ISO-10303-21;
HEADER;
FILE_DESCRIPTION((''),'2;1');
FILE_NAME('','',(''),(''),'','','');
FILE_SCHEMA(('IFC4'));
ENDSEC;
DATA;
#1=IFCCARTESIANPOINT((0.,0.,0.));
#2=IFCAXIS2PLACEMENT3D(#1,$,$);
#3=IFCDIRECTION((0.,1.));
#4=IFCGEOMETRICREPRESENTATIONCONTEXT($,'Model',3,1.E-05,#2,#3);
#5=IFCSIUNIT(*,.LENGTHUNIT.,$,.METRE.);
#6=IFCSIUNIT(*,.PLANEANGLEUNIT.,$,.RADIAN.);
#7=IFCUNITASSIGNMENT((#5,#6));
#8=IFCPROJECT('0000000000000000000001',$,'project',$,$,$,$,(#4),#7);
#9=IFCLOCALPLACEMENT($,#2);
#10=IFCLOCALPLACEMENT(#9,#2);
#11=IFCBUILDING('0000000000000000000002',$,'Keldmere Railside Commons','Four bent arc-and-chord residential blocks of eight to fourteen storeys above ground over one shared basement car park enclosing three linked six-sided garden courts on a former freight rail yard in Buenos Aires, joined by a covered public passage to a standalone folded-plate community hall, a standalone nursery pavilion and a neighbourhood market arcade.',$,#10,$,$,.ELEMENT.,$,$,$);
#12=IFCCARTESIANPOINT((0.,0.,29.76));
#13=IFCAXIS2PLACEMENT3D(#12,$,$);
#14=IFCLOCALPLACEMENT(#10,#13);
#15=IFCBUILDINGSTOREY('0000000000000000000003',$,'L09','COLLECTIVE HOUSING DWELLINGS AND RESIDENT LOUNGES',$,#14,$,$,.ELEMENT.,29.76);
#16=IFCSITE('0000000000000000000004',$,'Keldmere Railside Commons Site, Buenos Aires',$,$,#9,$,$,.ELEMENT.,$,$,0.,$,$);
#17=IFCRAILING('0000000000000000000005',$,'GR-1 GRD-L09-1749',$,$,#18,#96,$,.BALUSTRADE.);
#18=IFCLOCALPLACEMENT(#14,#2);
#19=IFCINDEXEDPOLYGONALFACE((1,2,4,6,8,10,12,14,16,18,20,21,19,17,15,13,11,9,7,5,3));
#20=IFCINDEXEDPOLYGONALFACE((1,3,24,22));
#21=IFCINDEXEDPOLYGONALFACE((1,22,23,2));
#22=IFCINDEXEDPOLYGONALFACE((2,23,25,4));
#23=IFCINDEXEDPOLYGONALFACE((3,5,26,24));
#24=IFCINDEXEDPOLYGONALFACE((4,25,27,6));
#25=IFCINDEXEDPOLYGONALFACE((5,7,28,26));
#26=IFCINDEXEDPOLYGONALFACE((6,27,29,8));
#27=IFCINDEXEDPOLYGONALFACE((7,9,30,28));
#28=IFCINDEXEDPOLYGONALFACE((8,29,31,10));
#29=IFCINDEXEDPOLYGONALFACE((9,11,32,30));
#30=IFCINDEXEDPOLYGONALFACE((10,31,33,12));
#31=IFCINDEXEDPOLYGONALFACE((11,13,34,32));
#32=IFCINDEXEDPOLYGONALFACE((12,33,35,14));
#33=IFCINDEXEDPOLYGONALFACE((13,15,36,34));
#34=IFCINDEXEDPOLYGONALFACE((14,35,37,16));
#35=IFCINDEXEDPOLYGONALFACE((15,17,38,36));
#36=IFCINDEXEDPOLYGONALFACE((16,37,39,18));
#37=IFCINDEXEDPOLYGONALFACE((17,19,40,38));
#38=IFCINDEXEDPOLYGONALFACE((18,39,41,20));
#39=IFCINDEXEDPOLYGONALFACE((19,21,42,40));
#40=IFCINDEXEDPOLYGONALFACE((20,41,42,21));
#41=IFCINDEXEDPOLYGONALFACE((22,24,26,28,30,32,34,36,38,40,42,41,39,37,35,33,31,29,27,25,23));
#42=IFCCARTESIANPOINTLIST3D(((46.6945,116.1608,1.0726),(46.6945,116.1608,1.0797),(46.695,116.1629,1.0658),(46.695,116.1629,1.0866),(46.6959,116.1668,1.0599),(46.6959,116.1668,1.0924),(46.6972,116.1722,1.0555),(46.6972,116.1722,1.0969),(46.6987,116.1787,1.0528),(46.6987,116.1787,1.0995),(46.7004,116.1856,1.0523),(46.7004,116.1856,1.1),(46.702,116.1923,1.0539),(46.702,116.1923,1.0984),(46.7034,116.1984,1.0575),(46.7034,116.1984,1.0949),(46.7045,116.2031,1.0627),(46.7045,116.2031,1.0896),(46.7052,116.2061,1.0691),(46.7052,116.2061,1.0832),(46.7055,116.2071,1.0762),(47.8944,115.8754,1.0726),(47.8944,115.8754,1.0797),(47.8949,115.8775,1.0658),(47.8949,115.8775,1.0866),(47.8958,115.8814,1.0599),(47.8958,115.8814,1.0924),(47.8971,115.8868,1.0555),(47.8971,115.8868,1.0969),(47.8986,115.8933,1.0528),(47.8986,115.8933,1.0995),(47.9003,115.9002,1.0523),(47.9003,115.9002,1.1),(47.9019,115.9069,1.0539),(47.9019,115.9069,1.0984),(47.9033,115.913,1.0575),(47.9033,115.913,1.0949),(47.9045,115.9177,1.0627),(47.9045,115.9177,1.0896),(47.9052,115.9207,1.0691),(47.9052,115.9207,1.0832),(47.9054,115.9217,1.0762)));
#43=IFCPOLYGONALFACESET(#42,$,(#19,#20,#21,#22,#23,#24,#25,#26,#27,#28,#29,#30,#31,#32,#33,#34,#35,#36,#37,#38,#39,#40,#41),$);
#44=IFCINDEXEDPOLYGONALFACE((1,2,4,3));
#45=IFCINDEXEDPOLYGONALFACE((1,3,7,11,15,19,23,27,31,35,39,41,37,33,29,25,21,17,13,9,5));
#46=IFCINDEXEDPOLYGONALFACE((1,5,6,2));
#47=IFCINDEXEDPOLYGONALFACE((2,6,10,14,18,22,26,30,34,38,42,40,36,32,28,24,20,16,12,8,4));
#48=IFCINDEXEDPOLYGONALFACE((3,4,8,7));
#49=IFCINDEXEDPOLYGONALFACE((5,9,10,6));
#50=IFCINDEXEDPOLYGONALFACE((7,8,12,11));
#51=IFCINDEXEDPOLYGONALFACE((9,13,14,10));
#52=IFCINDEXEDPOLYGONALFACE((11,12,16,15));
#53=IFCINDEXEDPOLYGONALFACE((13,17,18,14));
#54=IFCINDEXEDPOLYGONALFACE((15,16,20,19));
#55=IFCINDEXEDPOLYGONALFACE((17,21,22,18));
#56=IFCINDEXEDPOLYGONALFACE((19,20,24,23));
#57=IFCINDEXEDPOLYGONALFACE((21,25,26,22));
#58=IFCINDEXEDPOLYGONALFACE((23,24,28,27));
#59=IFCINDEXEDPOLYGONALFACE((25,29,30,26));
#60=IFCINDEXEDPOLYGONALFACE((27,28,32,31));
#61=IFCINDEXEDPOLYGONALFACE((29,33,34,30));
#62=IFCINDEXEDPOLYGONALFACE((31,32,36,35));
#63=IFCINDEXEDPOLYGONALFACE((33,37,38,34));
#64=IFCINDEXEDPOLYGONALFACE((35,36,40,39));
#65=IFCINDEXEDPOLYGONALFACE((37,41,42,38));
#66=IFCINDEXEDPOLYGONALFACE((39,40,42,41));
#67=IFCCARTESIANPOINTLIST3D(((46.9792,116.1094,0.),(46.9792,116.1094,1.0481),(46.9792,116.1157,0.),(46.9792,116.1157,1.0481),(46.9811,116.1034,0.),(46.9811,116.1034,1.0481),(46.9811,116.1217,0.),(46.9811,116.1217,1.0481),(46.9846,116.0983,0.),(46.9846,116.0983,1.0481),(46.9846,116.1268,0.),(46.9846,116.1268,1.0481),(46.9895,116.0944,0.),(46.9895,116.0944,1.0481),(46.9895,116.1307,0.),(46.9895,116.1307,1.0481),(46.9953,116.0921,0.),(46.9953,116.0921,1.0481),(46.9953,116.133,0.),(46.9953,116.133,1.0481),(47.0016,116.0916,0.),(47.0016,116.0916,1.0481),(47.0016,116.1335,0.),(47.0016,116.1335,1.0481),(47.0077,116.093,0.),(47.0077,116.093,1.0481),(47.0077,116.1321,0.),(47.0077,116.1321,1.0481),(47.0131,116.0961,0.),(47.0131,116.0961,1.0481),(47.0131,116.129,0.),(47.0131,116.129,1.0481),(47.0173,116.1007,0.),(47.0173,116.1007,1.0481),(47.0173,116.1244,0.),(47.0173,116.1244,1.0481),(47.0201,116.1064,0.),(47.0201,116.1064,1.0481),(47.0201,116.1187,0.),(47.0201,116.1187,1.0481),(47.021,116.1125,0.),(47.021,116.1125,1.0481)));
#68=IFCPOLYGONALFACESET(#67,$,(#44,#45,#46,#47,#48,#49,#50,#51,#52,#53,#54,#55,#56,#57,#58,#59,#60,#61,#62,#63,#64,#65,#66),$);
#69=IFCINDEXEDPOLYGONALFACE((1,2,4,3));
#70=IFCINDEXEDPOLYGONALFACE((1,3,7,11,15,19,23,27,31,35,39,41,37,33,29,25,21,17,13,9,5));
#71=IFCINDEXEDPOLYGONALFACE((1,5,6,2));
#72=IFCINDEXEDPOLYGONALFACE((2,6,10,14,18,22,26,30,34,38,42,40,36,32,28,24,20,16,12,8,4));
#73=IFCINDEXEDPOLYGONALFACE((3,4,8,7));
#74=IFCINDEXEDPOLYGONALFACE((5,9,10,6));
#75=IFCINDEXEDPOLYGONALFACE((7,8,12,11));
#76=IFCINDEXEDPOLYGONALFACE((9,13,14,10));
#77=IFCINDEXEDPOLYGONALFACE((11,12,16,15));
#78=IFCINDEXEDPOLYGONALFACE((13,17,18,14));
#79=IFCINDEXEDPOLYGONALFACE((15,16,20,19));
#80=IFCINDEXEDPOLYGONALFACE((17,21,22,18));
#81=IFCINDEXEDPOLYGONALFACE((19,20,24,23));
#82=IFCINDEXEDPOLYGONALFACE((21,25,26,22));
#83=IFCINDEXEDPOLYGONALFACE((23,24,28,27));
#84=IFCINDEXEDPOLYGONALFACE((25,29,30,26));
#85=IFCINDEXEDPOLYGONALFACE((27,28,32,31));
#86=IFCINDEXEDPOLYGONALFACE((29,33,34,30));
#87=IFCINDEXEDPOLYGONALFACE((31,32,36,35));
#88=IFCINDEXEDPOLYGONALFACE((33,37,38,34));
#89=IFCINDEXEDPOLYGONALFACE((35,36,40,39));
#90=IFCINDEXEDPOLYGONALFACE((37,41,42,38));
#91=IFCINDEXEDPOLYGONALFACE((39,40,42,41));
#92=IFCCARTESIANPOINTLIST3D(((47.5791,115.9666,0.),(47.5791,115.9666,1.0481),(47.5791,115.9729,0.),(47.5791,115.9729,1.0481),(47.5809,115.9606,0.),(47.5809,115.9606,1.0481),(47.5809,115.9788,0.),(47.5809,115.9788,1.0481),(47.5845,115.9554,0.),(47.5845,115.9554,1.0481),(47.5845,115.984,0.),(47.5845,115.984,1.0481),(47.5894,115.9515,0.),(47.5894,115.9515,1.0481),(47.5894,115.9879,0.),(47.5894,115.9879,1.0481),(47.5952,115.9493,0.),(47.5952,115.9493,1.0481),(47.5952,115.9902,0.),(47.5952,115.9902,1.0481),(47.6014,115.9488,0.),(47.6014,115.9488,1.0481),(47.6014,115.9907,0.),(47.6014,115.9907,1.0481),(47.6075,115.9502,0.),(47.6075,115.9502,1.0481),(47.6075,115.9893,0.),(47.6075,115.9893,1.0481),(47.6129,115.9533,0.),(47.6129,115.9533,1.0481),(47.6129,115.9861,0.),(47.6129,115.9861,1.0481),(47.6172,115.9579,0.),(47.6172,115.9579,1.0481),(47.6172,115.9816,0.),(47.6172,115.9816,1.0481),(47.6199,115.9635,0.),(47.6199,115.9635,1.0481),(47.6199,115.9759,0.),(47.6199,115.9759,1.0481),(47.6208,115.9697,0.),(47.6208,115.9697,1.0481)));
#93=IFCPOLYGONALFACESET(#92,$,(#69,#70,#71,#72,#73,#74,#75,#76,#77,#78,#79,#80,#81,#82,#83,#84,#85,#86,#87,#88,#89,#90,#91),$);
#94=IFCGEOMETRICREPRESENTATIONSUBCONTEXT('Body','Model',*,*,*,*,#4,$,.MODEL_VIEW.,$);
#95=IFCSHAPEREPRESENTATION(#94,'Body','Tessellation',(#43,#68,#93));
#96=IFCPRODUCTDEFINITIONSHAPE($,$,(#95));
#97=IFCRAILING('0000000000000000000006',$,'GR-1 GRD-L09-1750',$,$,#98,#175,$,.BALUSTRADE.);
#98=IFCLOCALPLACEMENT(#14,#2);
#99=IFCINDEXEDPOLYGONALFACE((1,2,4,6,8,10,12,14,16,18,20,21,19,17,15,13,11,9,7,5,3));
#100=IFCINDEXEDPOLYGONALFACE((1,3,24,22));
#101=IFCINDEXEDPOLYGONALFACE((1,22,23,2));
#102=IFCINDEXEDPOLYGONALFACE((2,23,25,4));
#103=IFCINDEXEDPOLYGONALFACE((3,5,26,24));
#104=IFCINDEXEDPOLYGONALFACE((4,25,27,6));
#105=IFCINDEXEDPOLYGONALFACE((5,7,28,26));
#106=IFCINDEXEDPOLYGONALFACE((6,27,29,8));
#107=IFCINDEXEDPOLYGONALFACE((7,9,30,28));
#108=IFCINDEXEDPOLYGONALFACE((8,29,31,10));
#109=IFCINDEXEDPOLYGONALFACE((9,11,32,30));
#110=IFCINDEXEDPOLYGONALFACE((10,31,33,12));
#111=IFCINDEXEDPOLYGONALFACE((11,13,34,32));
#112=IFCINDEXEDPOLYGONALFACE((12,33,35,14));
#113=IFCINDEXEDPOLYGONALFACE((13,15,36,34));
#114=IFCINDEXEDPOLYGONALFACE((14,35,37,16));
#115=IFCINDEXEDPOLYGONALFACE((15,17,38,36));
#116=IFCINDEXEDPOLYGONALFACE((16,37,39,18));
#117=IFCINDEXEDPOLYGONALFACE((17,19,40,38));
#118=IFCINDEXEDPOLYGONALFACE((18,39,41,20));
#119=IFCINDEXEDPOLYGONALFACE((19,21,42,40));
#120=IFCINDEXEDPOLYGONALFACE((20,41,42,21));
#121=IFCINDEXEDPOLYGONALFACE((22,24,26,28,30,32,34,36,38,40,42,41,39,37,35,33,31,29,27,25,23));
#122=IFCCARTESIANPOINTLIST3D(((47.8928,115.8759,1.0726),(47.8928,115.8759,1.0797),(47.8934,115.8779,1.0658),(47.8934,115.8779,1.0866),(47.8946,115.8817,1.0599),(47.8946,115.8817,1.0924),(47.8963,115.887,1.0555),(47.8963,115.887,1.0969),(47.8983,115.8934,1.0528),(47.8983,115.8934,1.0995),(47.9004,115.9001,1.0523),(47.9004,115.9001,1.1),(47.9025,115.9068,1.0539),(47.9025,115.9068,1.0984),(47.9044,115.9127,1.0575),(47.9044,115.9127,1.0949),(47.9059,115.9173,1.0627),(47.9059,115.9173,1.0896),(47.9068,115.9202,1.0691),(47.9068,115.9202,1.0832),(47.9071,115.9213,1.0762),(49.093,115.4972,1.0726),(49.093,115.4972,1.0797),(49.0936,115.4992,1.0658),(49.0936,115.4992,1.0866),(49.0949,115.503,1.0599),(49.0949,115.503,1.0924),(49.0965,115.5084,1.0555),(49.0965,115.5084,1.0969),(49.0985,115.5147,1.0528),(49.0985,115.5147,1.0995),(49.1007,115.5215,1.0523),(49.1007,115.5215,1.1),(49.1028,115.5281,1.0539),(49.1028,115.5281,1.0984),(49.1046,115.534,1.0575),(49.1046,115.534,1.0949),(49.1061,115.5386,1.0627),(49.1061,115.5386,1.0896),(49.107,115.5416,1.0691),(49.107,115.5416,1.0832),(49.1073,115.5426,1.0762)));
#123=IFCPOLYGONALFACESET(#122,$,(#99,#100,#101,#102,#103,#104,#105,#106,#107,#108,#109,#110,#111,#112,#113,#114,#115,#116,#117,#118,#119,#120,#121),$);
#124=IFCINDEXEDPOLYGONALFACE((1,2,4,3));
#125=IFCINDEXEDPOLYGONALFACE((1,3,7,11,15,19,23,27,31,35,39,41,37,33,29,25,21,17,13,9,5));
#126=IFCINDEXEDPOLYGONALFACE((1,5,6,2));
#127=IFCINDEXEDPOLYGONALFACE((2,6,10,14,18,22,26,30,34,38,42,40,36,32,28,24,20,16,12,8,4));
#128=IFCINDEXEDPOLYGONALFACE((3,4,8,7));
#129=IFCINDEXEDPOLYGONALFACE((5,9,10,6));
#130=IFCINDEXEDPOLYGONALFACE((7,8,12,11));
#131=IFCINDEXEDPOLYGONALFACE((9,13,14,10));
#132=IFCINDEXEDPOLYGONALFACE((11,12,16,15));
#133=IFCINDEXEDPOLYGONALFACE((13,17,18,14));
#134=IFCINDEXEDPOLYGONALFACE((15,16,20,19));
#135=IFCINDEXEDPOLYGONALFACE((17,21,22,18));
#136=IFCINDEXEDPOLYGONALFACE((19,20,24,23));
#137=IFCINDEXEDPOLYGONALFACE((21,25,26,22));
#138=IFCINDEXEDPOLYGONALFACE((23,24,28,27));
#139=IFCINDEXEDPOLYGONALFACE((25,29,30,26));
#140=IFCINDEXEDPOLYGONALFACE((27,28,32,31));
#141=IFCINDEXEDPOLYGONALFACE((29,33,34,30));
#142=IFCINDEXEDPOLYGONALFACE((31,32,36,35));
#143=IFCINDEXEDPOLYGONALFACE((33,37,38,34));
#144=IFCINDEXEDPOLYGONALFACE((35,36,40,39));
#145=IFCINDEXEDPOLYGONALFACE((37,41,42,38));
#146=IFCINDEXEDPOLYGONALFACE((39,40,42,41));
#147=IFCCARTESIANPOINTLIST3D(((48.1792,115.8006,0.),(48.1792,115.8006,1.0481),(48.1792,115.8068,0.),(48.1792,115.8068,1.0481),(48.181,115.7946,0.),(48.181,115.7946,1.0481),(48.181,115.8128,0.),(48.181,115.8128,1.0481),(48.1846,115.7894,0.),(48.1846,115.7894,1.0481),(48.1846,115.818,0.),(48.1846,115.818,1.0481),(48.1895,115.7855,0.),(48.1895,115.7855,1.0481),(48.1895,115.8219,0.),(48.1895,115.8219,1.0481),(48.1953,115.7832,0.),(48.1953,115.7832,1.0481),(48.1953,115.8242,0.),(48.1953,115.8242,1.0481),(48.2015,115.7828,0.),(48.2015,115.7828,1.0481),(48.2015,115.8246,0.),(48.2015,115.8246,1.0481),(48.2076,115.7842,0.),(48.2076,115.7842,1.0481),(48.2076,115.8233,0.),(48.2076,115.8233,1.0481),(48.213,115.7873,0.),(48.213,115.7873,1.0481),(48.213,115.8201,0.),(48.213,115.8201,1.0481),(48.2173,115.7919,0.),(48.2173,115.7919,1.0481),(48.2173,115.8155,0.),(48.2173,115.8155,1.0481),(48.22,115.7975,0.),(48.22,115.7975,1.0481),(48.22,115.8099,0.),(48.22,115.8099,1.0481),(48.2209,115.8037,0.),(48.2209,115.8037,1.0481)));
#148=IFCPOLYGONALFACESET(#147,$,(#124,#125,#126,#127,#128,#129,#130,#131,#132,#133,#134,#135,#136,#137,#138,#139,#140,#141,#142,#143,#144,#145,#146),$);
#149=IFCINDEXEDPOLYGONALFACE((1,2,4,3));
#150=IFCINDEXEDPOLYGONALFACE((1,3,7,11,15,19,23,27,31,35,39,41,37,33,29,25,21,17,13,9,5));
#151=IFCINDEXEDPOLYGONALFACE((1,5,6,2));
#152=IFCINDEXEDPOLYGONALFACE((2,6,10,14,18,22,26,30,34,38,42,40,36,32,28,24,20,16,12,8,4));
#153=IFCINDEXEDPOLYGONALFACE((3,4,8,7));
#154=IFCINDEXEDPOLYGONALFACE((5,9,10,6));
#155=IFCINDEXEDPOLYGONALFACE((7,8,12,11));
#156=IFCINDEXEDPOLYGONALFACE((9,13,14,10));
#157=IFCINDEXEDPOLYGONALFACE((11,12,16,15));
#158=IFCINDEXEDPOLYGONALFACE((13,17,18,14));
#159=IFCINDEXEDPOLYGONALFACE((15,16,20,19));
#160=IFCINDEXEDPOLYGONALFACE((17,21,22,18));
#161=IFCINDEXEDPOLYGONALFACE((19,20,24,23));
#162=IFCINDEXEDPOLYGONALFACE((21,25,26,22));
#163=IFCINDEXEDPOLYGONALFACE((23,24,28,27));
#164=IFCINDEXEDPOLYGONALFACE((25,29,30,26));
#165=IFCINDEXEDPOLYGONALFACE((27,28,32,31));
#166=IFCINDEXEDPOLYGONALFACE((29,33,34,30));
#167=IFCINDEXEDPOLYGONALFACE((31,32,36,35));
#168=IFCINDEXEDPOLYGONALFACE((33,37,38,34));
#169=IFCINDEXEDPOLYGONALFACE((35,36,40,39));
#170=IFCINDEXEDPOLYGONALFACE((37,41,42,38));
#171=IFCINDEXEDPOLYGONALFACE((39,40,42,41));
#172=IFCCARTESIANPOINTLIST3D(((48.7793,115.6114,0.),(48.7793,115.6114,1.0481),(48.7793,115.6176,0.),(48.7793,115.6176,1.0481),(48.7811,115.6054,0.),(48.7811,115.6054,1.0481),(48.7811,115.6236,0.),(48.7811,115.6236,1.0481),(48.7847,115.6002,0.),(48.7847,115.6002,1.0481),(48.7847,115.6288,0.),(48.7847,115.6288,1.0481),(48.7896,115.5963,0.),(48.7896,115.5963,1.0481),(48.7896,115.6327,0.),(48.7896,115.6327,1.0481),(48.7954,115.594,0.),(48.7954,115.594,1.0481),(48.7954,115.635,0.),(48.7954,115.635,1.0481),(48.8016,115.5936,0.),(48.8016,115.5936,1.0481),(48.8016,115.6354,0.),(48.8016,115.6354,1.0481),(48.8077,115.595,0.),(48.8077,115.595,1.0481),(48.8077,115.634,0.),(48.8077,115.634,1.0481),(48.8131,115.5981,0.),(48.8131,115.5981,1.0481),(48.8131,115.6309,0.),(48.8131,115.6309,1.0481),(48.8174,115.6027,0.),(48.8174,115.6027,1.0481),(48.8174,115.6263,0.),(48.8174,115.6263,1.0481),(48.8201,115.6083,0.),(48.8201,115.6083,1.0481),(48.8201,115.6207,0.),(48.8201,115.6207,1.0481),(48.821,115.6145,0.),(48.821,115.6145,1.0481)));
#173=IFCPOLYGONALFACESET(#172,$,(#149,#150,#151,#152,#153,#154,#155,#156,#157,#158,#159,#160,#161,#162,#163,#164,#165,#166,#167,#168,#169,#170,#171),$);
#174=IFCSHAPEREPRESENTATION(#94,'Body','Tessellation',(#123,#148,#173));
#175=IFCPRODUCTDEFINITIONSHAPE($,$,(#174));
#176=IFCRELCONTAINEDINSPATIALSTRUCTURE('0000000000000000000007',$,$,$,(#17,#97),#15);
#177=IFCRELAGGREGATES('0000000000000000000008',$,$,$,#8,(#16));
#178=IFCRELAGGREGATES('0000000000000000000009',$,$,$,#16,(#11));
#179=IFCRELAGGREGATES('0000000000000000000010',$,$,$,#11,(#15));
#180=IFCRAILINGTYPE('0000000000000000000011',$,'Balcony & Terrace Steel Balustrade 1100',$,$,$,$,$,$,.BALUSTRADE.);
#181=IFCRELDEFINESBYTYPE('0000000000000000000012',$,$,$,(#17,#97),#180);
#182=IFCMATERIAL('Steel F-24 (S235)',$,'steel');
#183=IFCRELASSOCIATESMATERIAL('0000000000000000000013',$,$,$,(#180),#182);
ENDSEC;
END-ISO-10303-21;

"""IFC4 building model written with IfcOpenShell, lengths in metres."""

from ifc_helpers import new_model, si_unit, direction, frame, origin, origin_2d, place, context, subcontext, project, spatial, circle, extrude, material, type_object, element, save


model = new_model("IFC4")

# Units and contexts
model_context = context("Model", 3, precision=1e-05, world=origin(), true_north=direction((0.0, 1.0)))
body_context = subcontext(model_context, "Body", "Model", "MODEL_VIEW")
ifc_project = project(units=[si_unit("LENGTHUNIT", "METRE"), si_unit("PLANEANGLEUNIT", "RADIAN")], contexts=[model_context])

# Site, building, storey
site_placement = place(None, origin())
site = spatial("IfcSite", under=ifc_project, at=site_placement, Name="Keldmere Railside Commons Site, Buenos Aires", CompositionType="ELEMENT", RefElevation=0.0)
building_placement = place(site_placement, origin())
building = spatial("IfcBuilding", under=site, at=building_placement, Name="Keldmere Railside Commons", Description="Four bent arc-and-chord residential blocks of eight to fourteen storeys above ground over one shared basement car park enclosing three linked six-sided garden courts on a former freight rail yard in Buenos Aires, joined by a covered public passage to a standalone folded-plate community hall, a standalone nursery pavilion and a neighbourhood market arcade.", CompositionType="ELEMENT")
storey_placement = place(building_placement, frame((0.0, 0.0, 29.76)))
storey = spatial("IfcBuildingStorey", under=building, at=storey_placement, Name="L09", Description="COLLECTIVE HOUSING DWELLINGS AND RESIDENT LOUNGES", CompositionType="ELEMENT", Elevation=29.76)

# Shared definitions
ifc_material_1 = material(Name="Steel F-24 (S235)", Category="steel")

# Railings
railing_type = type_object("IfcRailingType", Name="Balcony & Terrace Steel Balustrade 1100", PredefinedType="BALUSTRADE", material=ifc_material_1)
railing_1_placement = place(storey_placement, frame((46.7, 116.1838, 0.0)))
element("IfcRailing", 1, at=railing_1_placement, inside=storey, type_object=railing_type, Name="GR-1 GRD-L09-1749", PredefinedType="BALUSTRADE", context=body_context, shape_type="SweptSolid", body=[
    extrude(circle(Radius=0.0239, at=origin_2d()), frame((0.0, 0.0, 1.0762), z_axis=(0.972861, -0.231389, 0.0), x_axis=(0.231389, 0.972861, 0.0)), (0.0, 0.0, 1.0), 1.2334),
    extrude(circle(Radius=0.021, at=origin_2d()), frame((0.3, -0.0713, 0.0)), (0.0, 0.0, 1.0), 1.0481),
    extrude(circle(Radius=0.021, at=origin_2d()), frame((0.8999, -0.2141, 0.0)), (0.0, 0.0, 1.0), 1.0481),
])
railing_2_placement = place(storey_placement, frame((47.8999, 115.8984, 0.0)))
element("IfcRailing", 2, at=railing_2_placement, inside=storey, type_object=railing_type, Name="GR-1 GRD-L09-1750", PredefinedType="BALUSTRADE", context=body_context, shape_type="SweptSolid", body=[
    extrude(circle(Radius=0.0239, at=origin_2d()), frame((0.0, 0.0, 1.0762), z_axis=(0.953662, -0.300881, 0.0), x_axis=(0.300881, 0.953662, 0.0)), (0.0, 0.0, 1.0), 1.2585),
    extrude(circle(Radius=0.021, at=origin_2d()), frame((0.3, -0.0947, 0.0)), (0.0, 0.0, 1.0), 1.0481),
    extrude(circle(Radius=0.021, at=origin_2d()), frame((0.9001, -0.2839, 0.0)), (0.0, 0.0, 1.0), 1.0481),
])

save(model, "model.ifc")
